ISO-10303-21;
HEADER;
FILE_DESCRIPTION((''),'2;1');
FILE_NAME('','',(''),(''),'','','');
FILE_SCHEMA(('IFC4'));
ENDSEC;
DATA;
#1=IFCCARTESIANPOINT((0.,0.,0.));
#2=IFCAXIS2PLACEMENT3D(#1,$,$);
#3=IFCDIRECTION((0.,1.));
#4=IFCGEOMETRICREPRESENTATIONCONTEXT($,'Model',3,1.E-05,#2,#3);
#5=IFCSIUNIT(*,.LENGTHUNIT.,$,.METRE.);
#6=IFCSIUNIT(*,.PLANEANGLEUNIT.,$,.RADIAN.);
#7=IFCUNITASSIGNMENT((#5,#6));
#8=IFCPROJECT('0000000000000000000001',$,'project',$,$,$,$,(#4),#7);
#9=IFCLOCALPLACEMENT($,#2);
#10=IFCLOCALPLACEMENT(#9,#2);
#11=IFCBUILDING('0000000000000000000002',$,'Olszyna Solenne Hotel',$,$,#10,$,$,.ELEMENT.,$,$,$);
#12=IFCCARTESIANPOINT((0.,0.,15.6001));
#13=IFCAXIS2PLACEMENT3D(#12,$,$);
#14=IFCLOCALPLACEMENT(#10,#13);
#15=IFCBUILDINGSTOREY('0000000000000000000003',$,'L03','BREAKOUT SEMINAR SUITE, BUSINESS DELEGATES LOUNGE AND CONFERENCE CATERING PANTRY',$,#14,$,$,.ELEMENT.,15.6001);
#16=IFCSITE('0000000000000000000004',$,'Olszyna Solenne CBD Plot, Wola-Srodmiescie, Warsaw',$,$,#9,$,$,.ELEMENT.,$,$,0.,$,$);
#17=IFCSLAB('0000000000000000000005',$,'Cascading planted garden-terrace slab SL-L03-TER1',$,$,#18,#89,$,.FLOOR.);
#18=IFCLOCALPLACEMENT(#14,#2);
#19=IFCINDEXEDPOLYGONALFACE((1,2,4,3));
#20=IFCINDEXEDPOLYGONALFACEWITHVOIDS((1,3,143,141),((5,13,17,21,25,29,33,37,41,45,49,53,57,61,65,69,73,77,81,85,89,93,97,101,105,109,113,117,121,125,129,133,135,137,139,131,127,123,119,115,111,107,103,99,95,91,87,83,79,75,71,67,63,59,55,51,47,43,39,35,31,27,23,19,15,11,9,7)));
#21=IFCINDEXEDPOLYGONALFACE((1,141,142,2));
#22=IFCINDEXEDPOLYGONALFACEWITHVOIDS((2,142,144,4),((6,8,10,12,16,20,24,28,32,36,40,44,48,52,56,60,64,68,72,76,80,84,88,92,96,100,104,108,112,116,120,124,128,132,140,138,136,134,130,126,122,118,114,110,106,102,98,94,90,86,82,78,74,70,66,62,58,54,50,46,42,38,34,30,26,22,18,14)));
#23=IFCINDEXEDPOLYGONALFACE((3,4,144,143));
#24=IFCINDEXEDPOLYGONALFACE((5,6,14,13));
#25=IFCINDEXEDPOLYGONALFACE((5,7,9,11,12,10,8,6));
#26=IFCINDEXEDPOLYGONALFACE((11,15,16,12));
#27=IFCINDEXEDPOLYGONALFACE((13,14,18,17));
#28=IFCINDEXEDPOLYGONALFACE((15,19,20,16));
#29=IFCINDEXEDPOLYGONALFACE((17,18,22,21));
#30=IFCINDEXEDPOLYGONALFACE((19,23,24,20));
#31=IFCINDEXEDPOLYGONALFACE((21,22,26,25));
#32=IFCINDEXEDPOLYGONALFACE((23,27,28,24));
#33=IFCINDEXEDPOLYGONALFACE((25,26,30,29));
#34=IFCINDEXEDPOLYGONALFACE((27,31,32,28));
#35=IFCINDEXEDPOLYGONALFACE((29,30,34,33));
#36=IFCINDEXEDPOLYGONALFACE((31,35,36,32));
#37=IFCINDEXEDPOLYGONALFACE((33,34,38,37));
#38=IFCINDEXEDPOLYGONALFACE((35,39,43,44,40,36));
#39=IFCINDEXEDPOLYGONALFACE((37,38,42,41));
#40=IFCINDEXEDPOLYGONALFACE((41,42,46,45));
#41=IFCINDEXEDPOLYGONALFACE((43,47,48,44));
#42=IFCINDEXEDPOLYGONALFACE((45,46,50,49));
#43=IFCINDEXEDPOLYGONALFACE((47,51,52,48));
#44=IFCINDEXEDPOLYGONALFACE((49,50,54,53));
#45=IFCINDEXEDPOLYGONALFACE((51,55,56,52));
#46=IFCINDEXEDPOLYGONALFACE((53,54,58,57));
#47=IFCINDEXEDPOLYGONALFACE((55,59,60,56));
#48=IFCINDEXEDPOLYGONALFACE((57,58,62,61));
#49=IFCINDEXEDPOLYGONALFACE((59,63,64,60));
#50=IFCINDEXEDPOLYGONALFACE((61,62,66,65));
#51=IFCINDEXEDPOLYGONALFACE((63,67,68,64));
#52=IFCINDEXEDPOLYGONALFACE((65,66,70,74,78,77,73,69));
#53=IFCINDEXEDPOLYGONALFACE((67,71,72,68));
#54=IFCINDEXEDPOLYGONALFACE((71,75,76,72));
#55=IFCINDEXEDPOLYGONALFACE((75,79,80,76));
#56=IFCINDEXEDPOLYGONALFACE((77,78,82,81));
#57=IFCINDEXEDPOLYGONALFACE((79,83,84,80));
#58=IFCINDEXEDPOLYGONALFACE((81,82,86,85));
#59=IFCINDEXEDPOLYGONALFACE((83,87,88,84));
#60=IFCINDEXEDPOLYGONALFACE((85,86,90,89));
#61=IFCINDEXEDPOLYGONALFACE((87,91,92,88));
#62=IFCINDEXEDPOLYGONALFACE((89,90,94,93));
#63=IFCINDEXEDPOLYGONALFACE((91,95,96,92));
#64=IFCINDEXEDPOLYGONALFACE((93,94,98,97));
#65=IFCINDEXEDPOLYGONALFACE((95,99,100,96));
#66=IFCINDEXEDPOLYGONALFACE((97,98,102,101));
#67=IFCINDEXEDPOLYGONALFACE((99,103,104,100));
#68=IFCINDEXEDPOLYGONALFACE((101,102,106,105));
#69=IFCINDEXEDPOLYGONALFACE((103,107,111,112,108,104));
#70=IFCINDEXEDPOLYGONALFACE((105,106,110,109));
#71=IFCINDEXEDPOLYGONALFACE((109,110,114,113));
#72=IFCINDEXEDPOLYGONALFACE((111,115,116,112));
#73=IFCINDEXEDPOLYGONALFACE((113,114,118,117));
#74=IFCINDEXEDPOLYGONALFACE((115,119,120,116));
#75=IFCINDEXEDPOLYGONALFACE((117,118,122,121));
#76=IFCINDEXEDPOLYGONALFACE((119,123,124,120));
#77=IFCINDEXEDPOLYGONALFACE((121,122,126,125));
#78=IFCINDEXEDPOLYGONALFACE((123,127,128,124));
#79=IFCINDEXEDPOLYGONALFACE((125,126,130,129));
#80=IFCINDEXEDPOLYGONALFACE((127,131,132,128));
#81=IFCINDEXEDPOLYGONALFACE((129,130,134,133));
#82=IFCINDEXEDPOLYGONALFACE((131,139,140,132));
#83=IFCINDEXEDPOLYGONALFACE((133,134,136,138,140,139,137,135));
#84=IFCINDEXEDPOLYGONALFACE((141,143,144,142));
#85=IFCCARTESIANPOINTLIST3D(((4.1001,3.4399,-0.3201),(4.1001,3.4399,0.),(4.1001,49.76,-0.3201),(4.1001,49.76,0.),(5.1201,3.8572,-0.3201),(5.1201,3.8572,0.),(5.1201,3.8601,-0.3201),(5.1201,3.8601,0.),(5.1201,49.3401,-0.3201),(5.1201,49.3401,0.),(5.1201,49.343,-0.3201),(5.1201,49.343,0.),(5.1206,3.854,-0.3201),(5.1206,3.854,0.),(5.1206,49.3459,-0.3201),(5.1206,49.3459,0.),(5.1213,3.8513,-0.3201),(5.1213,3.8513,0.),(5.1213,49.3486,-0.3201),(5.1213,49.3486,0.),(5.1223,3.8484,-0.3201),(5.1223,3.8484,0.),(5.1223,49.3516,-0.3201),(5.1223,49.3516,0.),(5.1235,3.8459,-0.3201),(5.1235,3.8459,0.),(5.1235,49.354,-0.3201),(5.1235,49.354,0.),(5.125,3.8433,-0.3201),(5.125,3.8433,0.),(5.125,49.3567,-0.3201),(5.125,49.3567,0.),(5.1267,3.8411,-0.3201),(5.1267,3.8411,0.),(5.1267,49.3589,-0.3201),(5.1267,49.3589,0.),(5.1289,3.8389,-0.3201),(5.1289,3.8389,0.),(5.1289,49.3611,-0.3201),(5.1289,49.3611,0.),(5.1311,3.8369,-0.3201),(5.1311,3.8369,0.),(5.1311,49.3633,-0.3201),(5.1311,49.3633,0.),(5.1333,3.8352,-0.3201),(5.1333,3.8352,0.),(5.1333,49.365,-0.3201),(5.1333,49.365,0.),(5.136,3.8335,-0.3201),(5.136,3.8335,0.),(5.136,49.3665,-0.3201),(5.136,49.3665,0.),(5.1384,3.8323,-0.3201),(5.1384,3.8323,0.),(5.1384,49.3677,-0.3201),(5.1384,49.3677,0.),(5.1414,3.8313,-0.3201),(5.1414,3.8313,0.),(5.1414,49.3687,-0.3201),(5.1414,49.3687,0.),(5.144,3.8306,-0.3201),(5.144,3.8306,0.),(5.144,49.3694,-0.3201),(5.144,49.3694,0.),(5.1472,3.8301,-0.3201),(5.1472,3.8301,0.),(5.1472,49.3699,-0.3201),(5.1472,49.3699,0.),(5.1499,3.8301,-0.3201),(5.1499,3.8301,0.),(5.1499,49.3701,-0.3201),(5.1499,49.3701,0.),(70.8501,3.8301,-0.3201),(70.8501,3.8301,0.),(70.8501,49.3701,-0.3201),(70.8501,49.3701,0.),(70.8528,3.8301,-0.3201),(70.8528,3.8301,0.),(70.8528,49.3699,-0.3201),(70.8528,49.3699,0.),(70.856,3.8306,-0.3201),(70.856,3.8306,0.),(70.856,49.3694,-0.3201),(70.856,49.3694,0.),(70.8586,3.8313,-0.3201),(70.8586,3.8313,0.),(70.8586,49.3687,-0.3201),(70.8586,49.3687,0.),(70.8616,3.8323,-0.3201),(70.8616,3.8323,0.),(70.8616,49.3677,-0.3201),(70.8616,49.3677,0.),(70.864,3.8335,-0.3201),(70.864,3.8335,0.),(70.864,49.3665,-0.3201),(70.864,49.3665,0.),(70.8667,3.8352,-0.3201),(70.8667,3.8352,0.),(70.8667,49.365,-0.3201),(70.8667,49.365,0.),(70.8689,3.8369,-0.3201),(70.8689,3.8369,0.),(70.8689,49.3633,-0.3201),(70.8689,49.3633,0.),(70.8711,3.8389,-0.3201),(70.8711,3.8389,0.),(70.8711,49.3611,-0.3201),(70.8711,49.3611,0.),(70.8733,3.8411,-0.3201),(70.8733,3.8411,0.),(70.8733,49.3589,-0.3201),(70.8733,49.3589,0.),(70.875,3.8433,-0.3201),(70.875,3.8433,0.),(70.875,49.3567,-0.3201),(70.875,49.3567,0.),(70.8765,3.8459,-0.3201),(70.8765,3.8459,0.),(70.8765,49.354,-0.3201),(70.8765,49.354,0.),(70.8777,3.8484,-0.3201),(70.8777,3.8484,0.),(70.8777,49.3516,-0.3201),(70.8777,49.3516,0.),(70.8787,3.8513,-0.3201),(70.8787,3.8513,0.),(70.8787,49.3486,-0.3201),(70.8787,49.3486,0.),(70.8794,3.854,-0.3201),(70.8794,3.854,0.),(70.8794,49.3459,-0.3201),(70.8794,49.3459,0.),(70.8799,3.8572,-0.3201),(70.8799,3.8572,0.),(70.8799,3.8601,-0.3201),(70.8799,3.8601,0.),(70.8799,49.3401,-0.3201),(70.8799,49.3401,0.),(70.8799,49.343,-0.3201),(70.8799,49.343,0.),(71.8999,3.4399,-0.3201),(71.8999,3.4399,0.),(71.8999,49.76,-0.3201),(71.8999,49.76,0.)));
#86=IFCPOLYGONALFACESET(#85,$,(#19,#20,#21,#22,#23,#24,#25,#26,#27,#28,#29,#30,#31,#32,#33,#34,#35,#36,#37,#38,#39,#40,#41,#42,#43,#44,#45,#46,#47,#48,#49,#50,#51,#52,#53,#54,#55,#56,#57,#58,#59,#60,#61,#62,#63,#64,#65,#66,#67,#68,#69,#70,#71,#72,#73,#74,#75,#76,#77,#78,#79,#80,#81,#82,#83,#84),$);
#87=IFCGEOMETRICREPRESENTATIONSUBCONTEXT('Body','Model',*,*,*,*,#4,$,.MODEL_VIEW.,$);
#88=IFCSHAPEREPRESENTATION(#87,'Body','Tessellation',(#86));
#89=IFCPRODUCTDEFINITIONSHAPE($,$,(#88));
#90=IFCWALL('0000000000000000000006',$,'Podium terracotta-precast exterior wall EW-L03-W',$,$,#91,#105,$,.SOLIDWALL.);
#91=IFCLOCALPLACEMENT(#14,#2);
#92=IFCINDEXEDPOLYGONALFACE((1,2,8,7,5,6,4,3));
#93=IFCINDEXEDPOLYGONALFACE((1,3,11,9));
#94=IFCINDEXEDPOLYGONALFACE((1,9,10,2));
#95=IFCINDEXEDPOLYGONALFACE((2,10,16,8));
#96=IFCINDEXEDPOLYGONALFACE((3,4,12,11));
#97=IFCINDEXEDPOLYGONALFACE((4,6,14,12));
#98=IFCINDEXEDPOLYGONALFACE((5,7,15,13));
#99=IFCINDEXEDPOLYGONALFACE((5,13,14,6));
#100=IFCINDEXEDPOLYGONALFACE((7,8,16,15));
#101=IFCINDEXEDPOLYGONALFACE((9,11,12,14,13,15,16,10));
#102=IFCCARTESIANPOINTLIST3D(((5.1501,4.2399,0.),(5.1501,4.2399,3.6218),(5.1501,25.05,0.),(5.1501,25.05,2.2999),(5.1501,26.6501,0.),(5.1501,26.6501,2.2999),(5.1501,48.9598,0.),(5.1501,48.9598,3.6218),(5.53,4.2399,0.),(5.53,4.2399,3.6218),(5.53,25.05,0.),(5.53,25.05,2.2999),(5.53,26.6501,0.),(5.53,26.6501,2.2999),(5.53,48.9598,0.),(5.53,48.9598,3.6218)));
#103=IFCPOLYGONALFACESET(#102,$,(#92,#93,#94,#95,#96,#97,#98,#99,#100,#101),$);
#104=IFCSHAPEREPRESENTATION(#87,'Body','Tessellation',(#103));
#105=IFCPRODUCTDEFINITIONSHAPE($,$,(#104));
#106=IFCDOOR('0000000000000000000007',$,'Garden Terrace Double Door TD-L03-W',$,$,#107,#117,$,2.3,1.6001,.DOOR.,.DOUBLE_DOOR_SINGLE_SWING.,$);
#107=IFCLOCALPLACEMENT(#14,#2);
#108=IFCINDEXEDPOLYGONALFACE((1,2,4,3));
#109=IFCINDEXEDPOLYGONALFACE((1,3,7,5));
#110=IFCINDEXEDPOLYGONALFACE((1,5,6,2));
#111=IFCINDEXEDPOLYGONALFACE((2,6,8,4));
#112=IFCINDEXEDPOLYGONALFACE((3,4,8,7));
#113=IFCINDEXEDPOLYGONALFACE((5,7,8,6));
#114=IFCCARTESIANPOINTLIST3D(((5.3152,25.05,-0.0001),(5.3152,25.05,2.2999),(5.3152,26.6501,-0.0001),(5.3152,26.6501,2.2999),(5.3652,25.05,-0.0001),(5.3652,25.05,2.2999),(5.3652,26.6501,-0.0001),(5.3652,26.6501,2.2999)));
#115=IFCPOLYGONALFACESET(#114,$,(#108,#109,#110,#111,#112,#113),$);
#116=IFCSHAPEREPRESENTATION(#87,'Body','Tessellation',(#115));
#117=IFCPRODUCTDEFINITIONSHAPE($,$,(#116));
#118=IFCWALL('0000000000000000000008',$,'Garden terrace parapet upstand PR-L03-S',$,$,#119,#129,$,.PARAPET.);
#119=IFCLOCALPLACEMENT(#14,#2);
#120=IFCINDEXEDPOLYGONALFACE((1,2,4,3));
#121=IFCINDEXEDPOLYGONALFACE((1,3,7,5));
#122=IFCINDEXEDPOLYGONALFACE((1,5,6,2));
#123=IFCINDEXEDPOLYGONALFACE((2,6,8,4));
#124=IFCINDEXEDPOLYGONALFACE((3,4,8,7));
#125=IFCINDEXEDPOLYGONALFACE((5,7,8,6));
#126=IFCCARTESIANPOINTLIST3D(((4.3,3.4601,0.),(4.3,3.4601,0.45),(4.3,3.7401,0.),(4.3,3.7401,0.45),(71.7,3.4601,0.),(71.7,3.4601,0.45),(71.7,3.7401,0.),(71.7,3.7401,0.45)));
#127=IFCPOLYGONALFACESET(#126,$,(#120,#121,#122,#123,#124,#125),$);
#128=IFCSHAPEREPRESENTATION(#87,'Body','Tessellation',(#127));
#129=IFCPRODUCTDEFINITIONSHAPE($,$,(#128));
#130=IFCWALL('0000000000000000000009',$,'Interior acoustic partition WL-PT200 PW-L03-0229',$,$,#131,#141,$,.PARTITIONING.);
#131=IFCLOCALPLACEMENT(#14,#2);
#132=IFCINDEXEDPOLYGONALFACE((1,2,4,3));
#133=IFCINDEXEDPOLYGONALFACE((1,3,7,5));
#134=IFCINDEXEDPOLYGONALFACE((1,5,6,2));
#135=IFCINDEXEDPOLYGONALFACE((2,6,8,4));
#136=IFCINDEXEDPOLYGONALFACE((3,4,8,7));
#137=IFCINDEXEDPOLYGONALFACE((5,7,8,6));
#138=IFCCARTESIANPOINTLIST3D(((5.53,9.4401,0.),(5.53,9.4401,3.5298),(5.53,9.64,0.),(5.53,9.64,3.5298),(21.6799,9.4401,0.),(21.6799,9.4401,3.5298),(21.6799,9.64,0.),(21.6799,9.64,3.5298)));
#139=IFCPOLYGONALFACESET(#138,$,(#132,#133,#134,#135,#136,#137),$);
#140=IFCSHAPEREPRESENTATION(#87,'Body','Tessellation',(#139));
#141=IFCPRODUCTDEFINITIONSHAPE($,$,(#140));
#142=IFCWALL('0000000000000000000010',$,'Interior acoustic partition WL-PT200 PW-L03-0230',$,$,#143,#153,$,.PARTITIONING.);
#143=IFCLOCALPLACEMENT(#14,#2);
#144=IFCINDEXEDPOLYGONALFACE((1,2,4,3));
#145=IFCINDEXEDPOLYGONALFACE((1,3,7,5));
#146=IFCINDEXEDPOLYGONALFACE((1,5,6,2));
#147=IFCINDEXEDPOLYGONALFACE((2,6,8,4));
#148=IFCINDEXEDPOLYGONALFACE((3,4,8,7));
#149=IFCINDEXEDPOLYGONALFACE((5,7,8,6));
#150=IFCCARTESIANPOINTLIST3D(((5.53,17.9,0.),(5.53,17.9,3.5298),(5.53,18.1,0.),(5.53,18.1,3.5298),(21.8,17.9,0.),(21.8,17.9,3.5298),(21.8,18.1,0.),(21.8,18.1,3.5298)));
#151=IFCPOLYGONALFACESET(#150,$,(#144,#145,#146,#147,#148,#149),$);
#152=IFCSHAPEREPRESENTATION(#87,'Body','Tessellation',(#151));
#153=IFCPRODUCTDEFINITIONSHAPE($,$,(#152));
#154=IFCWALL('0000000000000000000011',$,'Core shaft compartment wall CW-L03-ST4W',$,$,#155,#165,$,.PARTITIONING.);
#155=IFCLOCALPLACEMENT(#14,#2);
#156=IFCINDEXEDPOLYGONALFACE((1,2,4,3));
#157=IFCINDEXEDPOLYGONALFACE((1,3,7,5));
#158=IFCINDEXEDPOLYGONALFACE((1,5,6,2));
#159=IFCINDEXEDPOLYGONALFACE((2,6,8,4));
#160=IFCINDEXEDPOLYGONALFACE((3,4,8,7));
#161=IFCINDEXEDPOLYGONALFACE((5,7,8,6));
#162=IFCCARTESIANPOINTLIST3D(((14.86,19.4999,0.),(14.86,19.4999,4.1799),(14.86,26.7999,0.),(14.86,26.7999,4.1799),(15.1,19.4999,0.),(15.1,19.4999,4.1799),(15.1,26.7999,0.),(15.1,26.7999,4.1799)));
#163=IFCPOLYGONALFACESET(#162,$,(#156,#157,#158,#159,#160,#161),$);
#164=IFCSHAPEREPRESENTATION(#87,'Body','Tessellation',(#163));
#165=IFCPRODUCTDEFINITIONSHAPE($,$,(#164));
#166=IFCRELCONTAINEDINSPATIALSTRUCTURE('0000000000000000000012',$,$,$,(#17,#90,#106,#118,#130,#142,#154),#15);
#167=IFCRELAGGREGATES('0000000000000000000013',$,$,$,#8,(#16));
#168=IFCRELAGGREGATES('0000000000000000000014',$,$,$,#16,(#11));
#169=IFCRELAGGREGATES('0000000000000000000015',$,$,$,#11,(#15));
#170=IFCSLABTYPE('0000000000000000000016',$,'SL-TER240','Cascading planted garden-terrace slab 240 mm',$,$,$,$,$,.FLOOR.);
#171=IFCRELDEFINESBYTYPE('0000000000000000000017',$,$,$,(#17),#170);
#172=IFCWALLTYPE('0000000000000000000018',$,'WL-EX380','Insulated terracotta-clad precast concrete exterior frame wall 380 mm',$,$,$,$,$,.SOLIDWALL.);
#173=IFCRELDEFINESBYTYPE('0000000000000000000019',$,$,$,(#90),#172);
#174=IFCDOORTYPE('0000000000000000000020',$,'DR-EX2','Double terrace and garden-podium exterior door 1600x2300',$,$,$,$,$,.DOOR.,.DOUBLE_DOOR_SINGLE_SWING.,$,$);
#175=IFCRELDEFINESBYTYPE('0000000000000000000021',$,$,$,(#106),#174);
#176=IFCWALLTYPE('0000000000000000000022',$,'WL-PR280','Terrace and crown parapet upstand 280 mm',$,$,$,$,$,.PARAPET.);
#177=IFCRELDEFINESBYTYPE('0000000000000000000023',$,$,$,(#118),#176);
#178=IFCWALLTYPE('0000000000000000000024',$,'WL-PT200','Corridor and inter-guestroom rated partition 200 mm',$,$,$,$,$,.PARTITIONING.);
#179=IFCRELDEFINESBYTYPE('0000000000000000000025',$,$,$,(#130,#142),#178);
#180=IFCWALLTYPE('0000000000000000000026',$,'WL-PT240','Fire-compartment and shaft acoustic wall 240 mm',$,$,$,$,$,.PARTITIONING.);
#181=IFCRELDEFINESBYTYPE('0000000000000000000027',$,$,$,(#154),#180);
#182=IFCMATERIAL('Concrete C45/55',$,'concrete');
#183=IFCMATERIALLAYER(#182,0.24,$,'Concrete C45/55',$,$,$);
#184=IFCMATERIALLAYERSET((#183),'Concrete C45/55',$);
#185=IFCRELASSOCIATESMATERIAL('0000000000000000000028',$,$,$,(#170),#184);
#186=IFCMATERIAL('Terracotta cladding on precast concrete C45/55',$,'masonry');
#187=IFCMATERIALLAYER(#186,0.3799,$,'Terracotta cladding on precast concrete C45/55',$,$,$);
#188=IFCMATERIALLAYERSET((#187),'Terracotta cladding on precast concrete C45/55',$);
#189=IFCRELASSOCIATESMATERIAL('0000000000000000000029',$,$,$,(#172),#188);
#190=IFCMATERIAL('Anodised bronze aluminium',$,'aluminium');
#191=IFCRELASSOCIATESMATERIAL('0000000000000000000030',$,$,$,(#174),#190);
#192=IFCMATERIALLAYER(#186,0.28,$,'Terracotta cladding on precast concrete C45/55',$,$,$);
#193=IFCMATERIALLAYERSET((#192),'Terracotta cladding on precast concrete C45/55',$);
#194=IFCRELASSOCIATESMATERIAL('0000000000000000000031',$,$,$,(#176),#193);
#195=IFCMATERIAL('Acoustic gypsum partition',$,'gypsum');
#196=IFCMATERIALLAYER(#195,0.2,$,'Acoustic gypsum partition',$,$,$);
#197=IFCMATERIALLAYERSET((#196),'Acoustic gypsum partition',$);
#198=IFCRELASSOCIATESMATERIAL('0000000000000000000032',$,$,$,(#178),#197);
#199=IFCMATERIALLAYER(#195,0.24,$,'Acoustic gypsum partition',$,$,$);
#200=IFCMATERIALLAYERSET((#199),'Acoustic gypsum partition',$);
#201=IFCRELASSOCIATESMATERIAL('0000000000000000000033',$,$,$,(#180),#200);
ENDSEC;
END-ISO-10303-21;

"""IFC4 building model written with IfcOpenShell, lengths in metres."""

from ifc_helpers import new_model, si_unit, direction, frame, frame_2d, origin, place, context, subcontext, project, spatial, polyline, rectangle, outline, extrude, source, transform, mapped, material, layer, layer_set, type_object, type_shapes, element, fill, save


model = new_model("IFC4")

# Units and contexts
model_context = context("Model", 3, precision=1e-05, world=origin(), true_north=direction((0.0, 1.0)))
body_context = subcontext(model_context, "Body", "Model", "MODEL_VIEW")
ifc_project = project(units=[si_unit("LENGTHUNIT", "METRE"), si_unit("PLANEANGLEUNIT", "RADIAN")], contexts=[model_context])

# Site, building, storey
site_placement = place(None, origin())
site = spatial("IfcSite", under=ifc_project, at=site_placement, Name="Olszyna Solenne CBD Plot, Wola-Srodmiescie, Warsaw", CompositionType="ELEMENT", RefElevation=0.0)
building_placement = place(site_placement, origin())
building = spatial("IfcBuilding", under=site, at=building_placement, Name="Olszyna Solenne Hotel", CompositionType="ELEMENT")
storey_placement = place(building_placement, frame((0.0, 0.0, 15.6001)))
storey = spatial("IfcBuildingStorey", under=building, at=storey_placement, Name="L03", Description="BREAKOUT SEMINAR SUITE, BUSINESS DELEGATES LOUNGE AND CONFERENCE CATERING PANTRY", CompositionType="ELEMENT", Elevation=15.6001)

# Slab
ifc_material_1 = material(Name="Concrete C45/55", Category="concrete")
ifc_layer_1 = layer(ifc_material_1, 0.24, Name="Concrete C45/55")
ifc_layer_set_1 = layer_set([ifc_layer_1], Name="Concrete C45/55")
slab_type_1 = type_object("IfcSlabType", Name="SL-TER240", Description="Cascading planted garden-terrace slab 240 mm", PredefinedType="FLOOR", material=ifc_layer_set_1)
slab_1_placement = place(storey_placement, frame((0.0, 0.0, -0.3201)))
element("IfcSlab", 1, at=slab_1_placement, inside=storey, type_object=slab_type_1, Name="Cascading planted garden-terrace slab SL-L03-TER1", PredefinedType="FLOOR", context=body_context, shape_type="SweptSolid", body=[
    extrude(outline(polyline([(4.1001, 3.4399), (71.8999, 3.4399), (71.8999, 49.76), (4.1001, 49.76), (4.1001, 3.4399)]), holes=[polyline([(5.1201, 3.8572), (5.1206, 3.854), (5.1213, 3.8513), (5.1223, 3.8484), (5.1235, 3.8459), (5.125, 3.8433), (5.1267, 3.8411), (5.1289, 3.8389), (5.1311, 3.8369), (5.1333, 3.8352), (5.136, 3.8335), (5.1384, 3.8323), (5.1414, 3.8313), (5.144, 3.8306), (5.1472, 3.8301), (5.1499, 3.8301), (70.8501, 3.8301), (70.8528, 3.8301), (70.856, 3.8306), (70.8586, 3.8313), (70.8616, 3.8323), (70.864, 3.8335), (70.8667, 3.8352), (70.8689, 3.8369), (70.8711, 3.8389), (70.8733, 3.8411), (70.875, 3.8433), (70.8765, 3.8459), (70.8777, 3.8484), (70.8787, 3.8513), (70.8794, 3.854), (70.8799, 3.8572), (70.8799, 3.8601), (70.8799, 49.3401), (70.8799, 49.343), (70.8794, 49.3459), (70.8787, 49.3486), (70.8777, 49.3516), (70.8765, 49.354), (70.875, 49.3567), (70.8733, 49.3589), (70.8711, 49.3611), (70.8689, 49.3633), (70.8667, 49.365), (70.864, 49.3665), (70.8616, 49.3677), (70.8586, 49.3687), (70.856, 49.3694), (70.8528, 49.3699), (70.8501, 49.3701), (5.1499, 49.3701), (5.1472, 49.3699), (5.144, 49.3694), (5.1414, 49.3687), (5.1384, 49.3677), (5.136, 49.3665), (5.1333, 49.365), (5.1311, 49.3633), (5.1289, 49.3611), (5.1267, 49.3589), (5.125, 49.3567), (5.1235, 49.354), (5.1223, 49.3516), (5.1213, 49.3486), (5.1206, 49.3459), (5.1201, 49.343), (5.1201, 49.3401), (5.1201, 3.8601), (5.1201, 3.8572)])]), origin(), (0.0, 0.0, 1.0), 0.3201),
])

# Wall, opening, door
ifc_material_2 = material(Name="Terracotta cladding on precast concrete C45/55", Category="masonry")
ifc_layer_2 = layer(ifc_material_2, 0.3799, Name="Terracotta cladding on precast concrete C45/55")
ifc_layer_set_2 = layer_set([ifc_layer_2], Name="Terracotta cladding on precast concrete C45/55")
wall_type_1 = type_object("IfcWallType", Name="WL-EX380", Description="Insulated terracotta-clad precast concrete exterior frame wall 380 mm", PredefinedType="SOLIDWALL", material=ifc_layer_set_2)
wall_1_placement = place(storey_placement, frame((5.3401, 4.24, 0.0), z_axis=(0.0, 0.0, 1.0), x_axis=(0.0, 1.0, 0.0)))
wall_1 = element("IfcWall", 2, at=wall_1_placement, inside=storey, type_object=wall_type_1, Name="Podium terracotta-precast exterior wall EW-L03-W", PredefinedType="SOLIDWALL", context=body_context, shape_type="SweptSolid", body=[
    extrude(rectangle(XDim=44.72, YDim=0.3799, at=frame_2d((22.3599, 0.0))), origin(), (0.0, 0.0, 1.0), 3.6218),
])
opening_placement = place(wall_1_placement, frame((20.8101, 0.0, 0.0)))
opening = element("IfcOpeningElement", 3, at=opening_placement, cuts=wall_1, PredefinedType="OPENING", context=body_context, shape_type="SweptSolid", body=[
    extrude(rectangle(XDim=1.6001, YDim=2.3, at=frame_2d((0.8, 1.1499))), frame((0.0, 0.2, 0.0), z_axis=(0.0, -1.0, 0.0), x_axis=(1.0, 0.0, 0.0)), (0.0, 0.0, 1.0), 0.3999),
])
ifc_material_3 = material(Name="Anodised bronze aluminium", Category="aluminium")
door_type = type_object("IfcDoorType", Name="DR-EX2", Description="Double terrace and garden-podium exterior door 1600x2300", OperationType="DOUBLE_DOOR_SINGLE_SWING", PredefinedType="DOOR", material=ifc_material_3)
shared_shape_1 = source(origin(), body_context, "Body", "SweptSolid", [
    extrude(rectangle(XDim=1.6001, YDim=2.3, at=frame_2d((0.8, 1.1499))), frame((0.0, 0.0249, 0.0), z_axis=(0.0, -1.0, 0.0), x_axis=(1.0, 0.0, 0.0)), (0.0, 0.0, 1.0), 0.05),
])
type_shapes(door_type, [shared_shape_1])
door_placement = place(opening_placement, origin())
door = element("IfcDoor", 4, at=door_placement, inside=storey, type_object=door_type, Name="Garden Terrace Double Door TD-L03-W", OperationType="DOUBLE_DOOR_SINGLE_SWING", OverallHeight=2.3, OverallWidth=1.6001, PredefinedType="DOOR", context=body_context, shape_type="MappedRepresentation", body=[
    mapped(shared_shape_1, transform((0.0, 0.0, 0.0), x_axis=(1.0, 0.0, 0.0), y_axis=(0.0, 1.0, 0.0), z_axis=(0.0, 0.0, 1.0), scale=1.0)),
])
fill(opening, door)

# Walls
ifc_layer_3 = layer(ifc_material_2, 0.28, Name="Terracotta cladding on precast concrete C45/55")
ifc_layer_set_3 = layer_set([ifc_layer_3], Name="Terracotta cladding on precast concrete C45/55")
wall_type_2 = type_object("IfcWallType", Name="WL-PR280", Description="Terrace and crown parapet upstand 280 mm", PredefinedType="PARAPET", material=ifc_layer_set_3)
wall_2_placement = place(storey_placement, frame((4.3, 3.6001, 0.0), z_axis=(0.0, 0.0, 1.0), x_axis=(1.0, 0.0, 0.0)))
element("IfcWall", 5, at=wall_2_placement, inside=storey, type_object=wall_type_2, Name="Garden terrace parapet upstand PR-L03-S", PredefinedType="PARAPET", context=body_context, shape_type="SweptSolid", body=[
    extrude(rectangle(XDim=67.3999, YDim=0.28, at=frame_2d((33.7, 0.0))), origin(), (0.0, 0.0, 1.0), 0.45),
])
ifc_material_4 = material(Name="Acoustic gypsum partition", Category="gypsum")
ifc_layer_4 = layer(ifc_material_4, 0.2, Name="Acoustic gypsum partition")
ifc_layer_set_4 = layer_set([ifc_layer_4], Name="Acoustic gypsum partition")
wall_type_3 = type_object("IfcWallType", Name="WL-PT200", Description="Corridor and inter-guestroom rated partition 200 mm", PredefinedType="PARTITIONING", material=ifc_layer_set_4)
wall_3_placement = place(storey_placement, frame((5.53, 9.54, 0.0), z_axis=(0.0, 0.0, 1.0), x_axis=(1.0, 0.0, 0.0)))
element("IfcWall", 6, at=wall_3_placement, inside=storey, type_object=wall_type_3, Name="Interior acoustic partition WL-PT200 PW-L03-0229", PredefinedType="PARTITIONING", context=body_context, shape_type="SweptSolid", body=[
    extrude(rectangle(XDim=16.1499, YDim=0.2, at=frame_2d((8.075, 0.0))), origin(), (0.0, 0.0, 1.0), 3.5298),
])
wall_4_placement = place(storey_placement, frame((5.53, 18.0, 0.0), z_axis=(0.0, 0.0, 1.0), x_axis=(1.0, 0.0, 0.0)))
element("IfcWall", 7, at=wall_4_placement, inside=storey, type_object=wall_type_3, Name="Interior acoustic partition WL-PT200 PW-L03-0230", PredefinedType="PARTITIONING", context=body_context, shape_type="SweptSolid", body=[
    extrude(rectangle(XDim=16.27, YDim=0.2, at=frame_2d((8.135, 0.0))), origin(), (0.0, 0.0, 1.0), 3.5298),
])
ifc_layer_5 = layer(ifc_material_4, 0.24, Name="Acoustic gypsum partition")
ifc_layer_set_5 = layer_set([ifc_layer_5], Name="Acoustic gypsum partition")
wall_type_4 = type_object("IfcWallType", Name="WL-PT240", Description="Fire-compartment and shaft acoustic wall 240 mm", PredefinedType="PARTITIONING", material=ifc_layer_set_5)
wall_5_placement = place(storey_placement, frame((14.98, 19.5, 0.0), z_axis=(0.0, 0.0, 1.0), x_axis=(0.0, 1.0, 0.0)))
element("IfcWall", 8, at=wall_5_placement, inside=storey, type_object=wall_type_4, Name="Core shaft compartment wall CW-L03-ST4W", PredefinedType="PARTITIONING", context=body_context, shape_type="SweptSolid", body=[
    extrude(rectangle(XDim=7.3, YDim=0.24, at=frame_2d((3.6499, 0.0))), origin(), (0.0, 0.0, 1.0), 4.1799),
])

save(model, "model.ifc")
